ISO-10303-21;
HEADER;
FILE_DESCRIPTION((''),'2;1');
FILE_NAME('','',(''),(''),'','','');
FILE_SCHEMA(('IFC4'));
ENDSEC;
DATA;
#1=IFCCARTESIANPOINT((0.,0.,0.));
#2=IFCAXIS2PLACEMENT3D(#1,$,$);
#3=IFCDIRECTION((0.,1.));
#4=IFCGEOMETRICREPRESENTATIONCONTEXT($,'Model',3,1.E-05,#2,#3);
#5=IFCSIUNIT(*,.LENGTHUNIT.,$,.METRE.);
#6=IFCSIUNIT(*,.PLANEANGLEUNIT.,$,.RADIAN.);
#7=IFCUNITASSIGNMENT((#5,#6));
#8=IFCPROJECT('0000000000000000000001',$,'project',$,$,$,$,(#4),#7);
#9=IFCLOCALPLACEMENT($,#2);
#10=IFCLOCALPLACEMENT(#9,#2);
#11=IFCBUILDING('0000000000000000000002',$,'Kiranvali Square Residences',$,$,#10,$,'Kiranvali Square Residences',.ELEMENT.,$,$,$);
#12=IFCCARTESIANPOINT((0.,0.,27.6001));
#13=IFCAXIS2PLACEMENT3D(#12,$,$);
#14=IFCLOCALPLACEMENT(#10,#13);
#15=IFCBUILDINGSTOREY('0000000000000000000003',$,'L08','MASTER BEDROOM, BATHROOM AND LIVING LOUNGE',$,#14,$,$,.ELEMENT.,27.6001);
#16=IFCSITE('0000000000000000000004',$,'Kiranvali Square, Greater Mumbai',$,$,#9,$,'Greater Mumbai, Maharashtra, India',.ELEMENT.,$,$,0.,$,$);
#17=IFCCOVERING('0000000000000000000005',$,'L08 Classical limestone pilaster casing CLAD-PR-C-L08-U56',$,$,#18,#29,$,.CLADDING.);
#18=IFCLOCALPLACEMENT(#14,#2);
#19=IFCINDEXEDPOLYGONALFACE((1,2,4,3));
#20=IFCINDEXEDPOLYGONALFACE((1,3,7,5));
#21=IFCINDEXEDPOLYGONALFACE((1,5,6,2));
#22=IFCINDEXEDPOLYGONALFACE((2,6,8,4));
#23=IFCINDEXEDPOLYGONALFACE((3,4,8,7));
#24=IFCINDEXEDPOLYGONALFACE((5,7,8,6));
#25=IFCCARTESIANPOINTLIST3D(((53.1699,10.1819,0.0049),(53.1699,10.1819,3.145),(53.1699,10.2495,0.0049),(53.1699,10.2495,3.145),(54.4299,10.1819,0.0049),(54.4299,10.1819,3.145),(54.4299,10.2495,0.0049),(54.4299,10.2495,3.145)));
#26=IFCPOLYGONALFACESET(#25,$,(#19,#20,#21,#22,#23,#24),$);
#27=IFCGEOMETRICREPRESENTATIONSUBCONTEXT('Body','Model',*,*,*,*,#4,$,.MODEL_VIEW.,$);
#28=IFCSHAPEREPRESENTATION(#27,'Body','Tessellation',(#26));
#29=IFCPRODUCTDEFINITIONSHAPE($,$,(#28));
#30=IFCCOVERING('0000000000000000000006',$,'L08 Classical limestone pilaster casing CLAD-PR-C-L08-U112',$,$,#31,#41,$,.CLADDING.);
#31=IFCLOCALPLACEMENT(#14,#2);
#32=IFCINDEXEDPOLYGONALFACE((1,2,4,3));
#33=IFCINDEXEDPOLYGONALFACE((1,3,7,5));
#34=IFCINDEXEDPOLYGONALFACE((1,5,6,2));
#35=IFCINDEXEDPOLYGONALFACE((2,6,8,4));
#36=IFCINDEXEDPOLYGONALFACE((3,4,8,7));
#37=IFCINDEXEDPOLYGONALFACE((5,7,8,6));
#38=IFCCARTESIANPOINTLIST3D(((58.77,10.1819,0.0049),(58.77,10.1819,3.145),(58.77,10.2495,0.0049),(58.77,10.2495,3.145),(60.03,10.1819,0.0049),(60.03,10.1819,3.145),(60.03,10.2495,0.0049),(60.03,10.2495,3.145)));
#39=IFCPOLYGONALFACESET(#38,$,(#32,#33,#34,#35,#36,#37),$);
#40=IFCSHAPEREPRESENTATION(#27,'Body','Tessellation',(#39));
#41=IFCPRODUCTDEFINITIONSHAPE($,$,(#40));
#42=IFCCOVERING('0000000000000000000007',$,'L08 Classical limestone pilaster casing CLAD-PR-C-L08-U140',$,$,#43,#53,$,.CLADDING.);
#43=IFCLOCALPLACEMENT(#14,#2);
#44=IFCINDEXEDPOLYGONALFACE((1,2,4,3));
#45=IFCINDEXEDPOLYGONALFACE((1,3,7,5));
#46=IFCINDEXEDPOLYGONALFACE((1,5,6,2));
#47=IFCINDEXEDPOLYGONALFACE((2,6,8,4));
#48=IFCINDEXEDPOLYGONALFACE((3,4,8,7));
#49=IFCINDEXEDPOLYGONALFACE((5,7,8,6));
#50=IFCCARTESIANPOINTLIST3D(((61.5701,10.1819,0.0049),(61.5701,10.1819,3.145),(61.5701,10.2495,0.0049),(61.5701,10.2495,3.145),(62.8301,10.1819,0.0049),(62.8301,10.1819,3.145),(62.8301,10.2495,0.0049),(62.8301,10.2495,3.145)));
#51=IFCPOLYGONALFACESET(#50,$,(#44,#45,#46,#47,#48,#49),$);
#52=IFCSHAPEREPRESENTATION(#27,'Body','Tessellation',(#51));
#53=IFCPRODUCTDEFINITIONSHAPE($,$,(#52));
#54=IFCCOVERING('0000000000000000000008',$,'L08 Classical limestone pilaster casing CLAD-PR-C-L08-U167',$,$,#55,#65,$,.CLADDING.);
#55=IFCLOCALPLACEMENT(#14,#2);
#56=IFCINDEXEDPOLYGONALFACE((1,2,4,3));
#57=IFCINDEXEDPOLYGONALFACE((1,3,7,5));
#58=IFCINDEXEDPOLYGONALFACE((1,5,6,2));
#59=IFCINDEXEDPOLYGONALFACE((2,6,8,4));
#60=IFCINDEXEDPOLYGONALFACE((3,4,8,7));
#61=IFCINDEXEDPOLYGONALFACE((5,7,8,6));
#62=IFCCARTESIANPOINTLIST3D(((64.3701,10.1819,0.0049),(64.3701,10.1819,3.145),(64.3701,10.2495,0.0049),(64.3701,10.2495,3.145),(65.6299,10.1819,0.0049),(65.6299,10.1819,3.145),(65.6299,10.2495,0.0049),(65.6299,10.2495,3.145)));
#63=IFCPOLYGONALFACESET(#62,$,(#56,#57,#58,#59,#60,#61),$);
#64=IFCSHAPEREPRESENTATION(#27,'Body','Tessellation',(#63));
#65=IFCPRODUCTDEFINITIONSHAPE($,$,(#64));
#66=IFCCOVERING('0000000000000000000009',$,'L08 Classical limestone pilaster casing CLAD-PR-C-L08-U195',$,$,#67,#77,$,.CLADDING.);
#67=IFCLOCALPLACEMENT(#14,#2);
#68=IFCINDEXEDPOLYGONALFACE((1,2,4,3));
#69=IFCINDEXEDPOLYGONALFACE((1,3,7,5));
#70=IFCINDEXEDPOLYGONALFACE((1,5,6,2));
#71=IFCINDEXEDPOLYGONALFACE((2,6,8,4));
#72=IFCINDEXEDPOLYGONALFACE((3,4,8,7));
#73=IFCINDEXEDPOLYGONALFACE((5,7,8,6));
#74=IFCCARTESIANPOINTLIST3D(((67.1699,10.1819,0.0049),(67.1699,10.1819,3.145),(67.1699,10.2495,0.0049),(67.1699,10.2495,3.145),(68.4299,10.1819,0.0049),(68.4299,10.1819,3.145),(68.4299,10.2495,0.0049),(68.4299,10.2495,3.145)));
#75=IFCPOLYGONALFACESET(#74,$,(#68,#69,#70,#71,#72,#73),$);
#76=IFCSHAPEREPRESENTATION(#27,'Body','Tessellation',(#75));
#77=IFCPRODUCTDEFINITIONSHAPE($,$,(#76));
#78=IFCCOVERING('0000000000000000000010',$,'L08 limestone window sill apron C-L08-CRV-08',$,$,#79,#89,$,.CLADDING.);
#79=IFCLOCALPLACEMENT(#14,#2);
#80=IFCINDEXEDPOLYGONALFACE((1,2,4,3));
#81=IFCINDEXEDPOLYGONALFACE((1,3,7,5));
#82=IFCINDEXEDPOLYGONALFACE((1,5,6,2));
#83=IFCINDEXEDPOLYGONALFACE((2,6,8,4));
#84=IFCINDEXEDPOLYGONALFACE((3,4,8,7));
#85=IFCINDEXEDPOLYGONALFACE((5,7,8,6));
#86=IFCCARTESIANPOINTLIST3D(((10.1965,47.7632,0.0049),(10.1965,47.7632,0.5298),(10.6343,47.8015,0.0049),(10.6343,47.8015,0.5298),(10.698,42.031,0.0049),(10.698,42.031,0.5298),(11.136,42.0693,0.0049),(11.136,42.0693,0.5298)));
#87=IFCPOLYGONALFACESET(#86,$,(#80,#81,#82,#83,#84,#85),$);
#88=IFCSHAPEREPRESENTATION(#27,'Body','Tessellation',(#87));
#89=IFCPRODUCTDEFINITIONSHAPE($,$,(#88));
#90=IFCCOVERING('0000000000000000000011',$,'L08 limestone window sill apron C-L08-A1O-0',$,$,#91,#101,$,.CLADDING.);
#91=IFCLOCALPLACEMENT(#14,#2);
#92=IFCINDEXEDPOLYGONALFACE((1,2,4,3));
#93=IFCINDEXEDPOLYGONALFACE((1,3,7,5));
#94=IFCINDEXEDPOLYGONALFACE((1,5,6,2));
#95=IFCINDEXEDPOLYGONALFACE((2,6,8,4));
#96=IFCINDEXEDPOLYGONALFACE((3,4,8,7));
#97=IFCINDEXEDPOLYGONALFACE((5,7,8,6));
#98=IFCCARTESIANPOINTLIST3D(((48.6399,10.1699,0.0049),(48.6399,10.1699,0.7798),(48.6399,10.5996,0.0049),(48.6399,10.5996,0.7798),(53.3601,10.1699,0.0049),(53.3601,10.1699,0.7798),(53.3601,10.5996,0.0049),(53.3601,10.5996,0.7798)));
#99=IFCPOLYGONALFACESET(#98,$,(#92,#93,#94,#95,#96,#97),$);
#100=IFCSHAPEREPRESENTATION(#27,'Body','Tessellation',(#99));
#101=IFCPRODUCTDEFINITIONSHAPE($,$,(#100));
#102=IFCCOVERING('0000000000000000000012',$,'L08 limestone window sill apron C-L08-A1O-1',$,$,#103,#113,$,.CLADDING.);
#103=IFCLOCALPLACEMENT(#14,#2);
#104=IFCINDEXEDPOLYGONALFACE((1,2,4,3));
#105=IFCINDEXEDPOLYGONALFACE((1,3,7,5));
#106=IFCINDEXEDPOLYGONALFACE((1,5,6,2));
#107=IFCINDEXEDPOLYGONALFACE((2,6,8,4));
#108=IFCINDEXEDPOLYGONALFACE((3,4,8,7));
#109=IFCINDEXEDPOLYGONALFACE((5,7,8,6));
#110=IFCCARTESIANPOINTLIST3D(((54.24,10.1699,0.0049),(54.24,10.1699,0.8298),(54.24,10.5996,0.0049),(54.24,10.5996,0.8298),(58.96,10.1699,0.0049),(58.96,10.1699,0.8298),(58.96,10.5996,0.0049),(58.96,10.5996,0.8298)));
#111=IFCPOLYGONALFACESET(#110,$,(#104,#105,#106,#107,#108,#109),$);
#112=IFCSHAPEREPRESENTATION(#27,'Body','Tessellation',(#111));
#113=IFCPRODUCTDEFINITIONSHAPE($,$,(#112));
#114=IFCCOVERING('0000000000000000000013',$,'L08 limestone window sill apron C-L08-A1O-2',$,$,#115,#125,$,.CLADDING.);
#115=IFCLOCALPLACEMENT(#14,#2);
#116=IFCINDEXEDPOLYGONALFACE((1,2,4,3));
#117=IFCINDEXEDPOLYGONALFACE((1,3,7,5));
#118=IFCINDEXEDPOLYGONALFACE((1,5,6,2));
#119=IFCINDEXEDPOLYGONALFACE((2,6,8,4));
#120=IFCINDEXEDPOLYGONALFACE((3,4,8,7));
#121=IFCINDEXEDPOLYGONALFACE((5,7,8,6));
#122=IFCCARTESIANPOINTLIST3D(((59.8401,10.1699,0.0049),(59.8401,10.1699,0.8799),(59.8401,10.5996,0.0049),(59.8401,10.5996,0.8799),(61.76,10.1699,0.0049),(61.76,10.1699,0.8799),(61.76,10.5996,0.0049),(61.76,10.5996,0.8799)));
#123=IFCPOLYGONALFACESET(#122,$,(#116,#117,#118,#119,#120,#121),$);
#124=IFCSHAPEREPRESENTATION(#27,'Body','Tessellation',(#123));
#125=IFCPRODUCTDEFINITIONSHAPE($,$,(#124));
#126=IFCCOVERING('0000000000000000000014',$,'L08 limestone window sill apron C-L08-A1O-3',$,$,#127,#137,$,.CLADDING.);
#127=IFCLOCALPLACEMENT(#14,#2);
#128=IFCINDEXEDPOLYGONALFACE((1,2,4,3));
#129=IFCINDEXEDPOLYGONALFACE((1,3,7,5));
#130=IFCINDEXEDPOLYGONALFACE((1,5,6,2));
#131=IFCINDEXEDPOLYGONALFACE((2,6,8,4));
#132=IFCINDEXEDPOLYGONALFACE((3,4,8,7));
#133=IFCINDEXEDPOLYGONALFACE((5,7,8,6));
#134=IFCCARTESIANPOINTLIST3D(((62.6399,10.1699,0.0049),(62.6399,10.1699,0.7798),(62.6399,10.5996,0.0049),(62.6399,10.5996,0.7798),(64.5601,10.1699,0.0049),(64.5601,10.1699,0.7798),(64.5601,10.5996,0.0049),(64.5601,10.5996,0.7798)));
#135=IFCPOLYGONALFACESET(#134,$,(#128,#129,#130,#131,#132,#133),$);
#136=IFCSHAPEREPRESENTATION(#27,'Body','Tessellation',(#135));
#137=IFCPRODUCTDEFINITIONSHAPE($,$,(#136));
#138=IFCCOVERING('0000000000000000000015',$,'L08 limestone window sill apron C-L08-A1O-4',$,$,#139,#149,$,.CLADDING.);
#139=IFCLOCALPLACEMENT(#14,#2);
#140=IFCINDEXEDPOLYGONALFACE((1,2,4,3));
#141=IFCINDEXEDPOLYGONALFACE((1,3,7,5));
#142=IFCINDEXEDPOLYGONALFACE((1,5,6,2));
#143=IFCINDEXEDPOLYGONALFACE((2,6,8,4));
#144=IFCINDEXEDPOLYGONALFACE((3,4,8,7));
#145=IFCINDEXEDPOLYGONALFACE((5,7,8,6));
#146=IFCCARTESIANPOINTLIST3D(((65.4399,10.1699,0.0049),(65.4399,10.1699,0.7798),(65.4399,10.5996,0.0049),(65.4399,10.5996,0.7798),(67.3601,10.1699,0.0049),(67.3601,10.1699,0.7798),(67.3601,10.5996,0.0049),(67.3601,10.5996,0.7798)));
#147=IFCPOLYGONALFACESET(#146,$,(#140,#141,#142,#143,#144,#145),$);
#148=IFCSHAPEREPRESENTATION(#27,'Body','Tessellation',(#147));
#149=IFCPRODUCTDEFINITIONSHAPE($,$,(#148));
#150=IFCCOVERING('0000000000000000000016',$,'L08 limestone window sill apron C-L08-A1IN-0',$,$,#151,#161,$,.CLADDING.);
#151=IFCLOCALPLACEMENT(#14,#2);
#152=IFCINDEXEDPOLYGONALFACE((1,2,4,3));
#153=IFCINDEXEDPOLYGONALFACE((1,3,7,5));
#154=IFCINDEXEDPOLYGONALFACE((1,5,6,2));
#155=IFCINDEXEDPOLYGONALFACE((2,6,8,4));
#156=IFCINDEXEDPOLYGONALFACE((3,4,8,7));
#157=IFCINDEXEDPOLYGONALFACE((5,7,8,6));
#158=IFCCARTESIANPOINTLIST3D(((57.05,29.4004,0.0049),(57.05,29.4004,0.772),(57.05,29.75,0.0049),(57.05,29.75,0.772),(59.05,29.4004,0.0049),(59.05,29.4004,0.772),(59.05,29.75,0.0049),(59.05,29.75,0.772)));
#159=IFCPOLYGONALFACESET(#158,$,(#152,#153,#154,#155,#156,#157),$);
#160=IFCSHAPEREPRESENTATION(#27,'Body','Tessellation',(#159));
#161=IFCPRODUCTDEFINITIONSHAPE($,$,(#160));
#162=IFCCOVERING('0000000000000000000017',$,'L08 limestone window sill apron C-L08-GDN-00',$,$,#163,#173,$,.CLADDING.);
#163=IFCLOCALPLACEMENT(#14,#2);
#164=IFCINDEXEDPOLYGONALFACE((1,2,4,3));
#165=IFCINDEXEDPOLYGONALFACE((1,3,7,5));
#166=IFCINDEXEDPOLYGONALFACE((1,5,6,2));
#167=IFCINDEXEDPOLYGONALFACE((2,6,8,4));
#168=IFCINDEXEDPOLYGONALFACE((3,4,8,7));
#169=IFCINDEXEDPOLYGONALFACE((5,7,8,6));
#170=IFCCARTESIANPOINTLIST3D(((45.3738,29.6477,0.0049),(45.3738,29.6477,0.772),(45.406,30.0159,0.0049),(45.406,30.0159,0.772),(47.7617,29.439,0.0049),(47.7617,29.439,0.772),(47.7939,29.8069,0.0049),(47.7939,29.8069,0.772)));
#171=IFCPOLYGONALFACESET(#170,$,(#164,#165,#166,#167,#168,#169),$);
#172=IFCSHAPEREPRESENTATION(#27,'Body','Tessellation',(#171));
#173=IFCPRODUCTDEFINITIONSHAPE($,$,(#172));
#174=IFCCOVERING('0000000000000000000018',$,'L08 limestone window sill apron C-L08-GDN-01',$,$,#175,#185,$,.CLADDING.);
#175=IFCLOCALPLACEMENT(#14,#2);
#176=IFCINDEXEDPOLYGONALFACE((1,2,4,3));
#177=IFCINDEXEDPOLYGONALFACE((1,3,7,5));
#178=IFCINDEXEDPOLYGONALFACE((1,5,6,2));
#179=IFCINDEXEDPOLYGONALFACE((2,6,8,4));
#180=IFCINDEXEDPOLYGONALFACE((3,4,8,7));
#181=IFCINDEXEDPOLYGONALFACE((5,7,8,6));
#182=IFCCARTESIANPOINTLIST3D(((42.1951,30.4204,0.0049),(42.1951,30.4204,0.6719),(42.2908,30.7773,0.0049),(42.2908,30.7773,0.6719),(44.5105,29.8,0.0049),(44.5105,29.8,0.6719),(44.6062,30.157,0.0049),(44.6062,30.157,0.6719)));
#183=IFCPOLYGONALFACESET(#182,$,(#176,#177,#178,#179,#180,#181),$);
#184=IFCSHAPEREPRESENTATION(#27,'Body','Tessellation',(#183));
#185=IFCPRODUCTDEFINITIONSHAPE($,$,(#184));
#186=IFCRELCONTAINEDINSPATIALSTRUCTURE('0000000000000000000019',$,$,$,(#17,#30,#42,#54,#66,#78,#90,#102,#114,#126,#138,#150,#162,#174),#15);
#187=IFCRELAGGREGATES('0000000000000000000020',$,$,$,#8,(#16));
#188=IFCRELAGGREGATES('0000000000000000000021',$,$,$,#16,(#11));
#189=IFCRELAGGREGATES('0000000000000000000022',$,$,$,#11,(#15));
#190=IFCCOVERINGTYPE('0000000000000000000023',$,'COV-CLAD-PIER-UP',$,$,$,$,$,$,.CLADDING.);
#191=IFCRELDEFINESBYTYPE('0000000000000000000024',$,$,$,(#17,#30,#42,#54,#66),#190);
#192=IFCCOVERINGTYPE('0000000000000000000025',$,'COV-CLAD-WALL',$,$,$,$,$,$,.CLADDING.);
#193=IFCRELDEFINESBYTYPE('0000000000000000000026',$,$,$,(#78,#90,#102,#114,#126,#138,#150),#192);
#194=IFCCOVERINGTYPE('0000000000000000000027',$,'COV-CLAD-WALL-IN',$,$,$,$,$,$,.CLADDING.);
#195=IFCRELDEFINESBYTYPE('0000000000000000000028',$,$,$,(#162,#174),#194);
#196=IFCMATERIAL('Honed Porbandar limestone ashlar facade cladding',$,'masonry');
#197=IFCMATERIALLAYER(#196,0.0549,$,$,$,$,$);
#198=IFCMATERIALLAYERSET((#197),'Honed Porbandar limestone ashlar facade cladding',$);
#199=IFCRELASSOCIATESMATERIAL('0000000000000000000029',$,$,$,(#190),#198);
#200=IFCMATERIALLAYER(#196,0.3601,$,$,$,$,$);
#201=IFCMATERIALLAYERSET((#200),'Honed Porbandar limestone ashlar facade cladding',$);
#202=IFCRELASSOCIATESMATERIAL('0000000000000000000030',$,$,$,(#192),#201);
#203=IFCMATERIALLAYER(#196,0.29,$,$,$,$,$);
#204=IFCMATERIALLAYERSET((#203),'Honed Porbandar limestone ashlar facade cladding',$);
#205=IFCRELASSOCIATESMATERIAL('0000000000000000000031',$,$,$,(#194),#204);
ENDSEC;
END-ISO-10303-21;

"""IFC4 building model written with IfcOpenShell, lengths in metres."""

from ifc_helpers import new_model, si_unit, direction, frame, origin, place, context, subcontext, project, spatial, polyline, outline, extrude, material, layer, layer_set, type_object, element, save


model = new_model("IFC4")

# Units and contexts
model_context = context("Model", 3, precision=1e-05, world=origin(), true_north=direction((0.0, 1.0)))
body_context = subcontext(model_context, "Body", "Model", "MODEL_VIEW")
ifc_project = project(units=[si_unit("LENGTHUNIT", "METRE"), si_unit("PLANEANGLEUNIT", "RADIAN")], contexts=[model_context])

# Site, building, storey
site_placement = place(None, origin())
site = spatial("IfcSite", under=ifc_project, at=site_placement, Name="Kiranvali Square, Greater Mumbai", LongName="Greater Mumbai, Maharashtra, India", CompositionType="ELEMENT", RefElevation=0.0)
building_placement = place(site_placement, origin())
building = spatial("IfcBuilding", under=site, at=building_placement, Name="Kiranvali Square Residences", LongName="Kiranvali Square Residences", CompositionType="ELEMENT")
storey_placement = place(building_placement, frame((0.0, 0.0, 27.6001)))
storey = spatial("IfcBuildingStorey", under=building, at=storey_placement, Name="L08", Description="MASTER BEDROOM, BATHROOM AND LIVING LOUNGE", CompositionType="ELEMENT", Elevation=27.6001)

# Coverings
ifc_material = material(Name="Honed Porbandar limestone ashlar facade cladding", Category="masonry")
ifc_layer_1 = layer(ifc_material, 0.0549)
ifc_layer_set_1 = layer_set([ifc_layer_1], Name="Honed Porbandar limestone ashlar facade cladding")
covering_type_1 = type_object("IfcCoveringType", Name="COV-CLAD-PIER-UP", PredefinedType="CLADDING", material=ifc_layer_set_1)
covering_1_placement = place(storey_placement, frame((0.0, 0.0, 0.0049)))
element("IfcCovering", 1, at=covering_1_placement, inside=storey, type_object=covering_type_1, Name="L08 Classical limestone pilaster casing CLAD-PR-C-L08-U56", PredefinedType="CLADDING", context=body_context, shape_type="SweptSolid", body=[
    extrude(outline(polyline([(53.1699, 10.1819), (54.4299, 10.1819), (54.4299, 10.2495), (53.1699, 10.2495), (53.1699, 10.1819)])), origin(), (0.0, 0.0, 1.0), 3.1401),
])
covering_2_placement = place(storey_placement, frame((0.0, 0.0, 0.0049)))
element("IfcCovering", 2, at=covering_2_placement, inside=storey, type_object=covering_type_1, Name="L08 Classical limestone pilaster casing CLAD-PR-C-L08-U112", PredefinedType="CLADDING", context=body_context, shape_type="SweptSolid", body=[
    extrude(outline(polyline([(58.77, 10.1819), (60.03, 10.1819), (60.03, 10.2495), (58.77, 10.2495), (58.77, 10.1819)])), origin(), (0.0, 0.0, 1.0), 3.1401),
])
covering_3_placement = place(storey_placement, frame((0.0, 0.0, 0.0049)))
element("IfcCovering", 3, at=covering_3_placement, inside=storey, type_object=covering_type_1, Name="L08 Classical limestone pilaster casing CLAD-PR-C-L08-U140", PredefinedType="CLADDING", context=body_context, shape_type="SweptSolid", body=[
    extrude(outline(polyline([(61.5701, 10.1819), (62.8301, 10.1819), (62.8301, 10.2495), (61.5701, 10.2495), (61.5701, 10.1819)])), origin(), (0.0, 0.0, 1.0), 3.1401),
])
covering_4_placement = place(storey_placement, frame((0.0, 0.0, 0.0049)))
element("IfcCovering", 4, at=covering_4_placement, inside=storey, type_object=covering_type_1, Name="L08 Classical limestone pilaster casing CLAD-PR-C-L08-U167", PredefinedType="CLADDING", context=body_context, shape_type="SweptSolid", body=[
    extrude(outline(polyline([(64.3701, 10.1819), (65.6299, 10.1819), (65.6299, 10.2495), (64.3701, 10.2495), (64.3701, 10.1819)])), origin(), (0.0, 0.0, 1.0), 3.1401),
])
covering_5_placement = place(storey_placement, frame((0.0, 0.0, 0.0049)))
element("IfcCovering", 5, at=covering_5_placement, inside=storey, type_object=covering_type_1, Name="L08 Classical limestone pilaster casing CLAD-PR-C-L08-U195", PredefinedType="CLADDING", context=body_context, shape_type="SweptSolid", body=[
    extrude(outline(polyline([(67.1699, 10.1819), (68.4299, 10.1819), (68.4299, 10.2495), (67.1699, 10.2495), (67.1699, 10.1819)])), origin(), (0.0, 0.0, 1.0), 3.1401),
])
ifc_layer_2 = layer(ifc_material, 0.3601)
ifc_layer_set_2 = layer_set([ifc_layer_2], Name="Honed Porbandar limestone ashlar facade cladding")
covering_type_2 = type_object("IfcCoveringType", Name="COV-CLAD-WALL", PredefinedType="CLADDING", material=ifc_layer_set_2)
covering_6_placement = place(storey_placement, frame((0.0, 0.0, 0.0049)))
element("IfcCovering", 6, at=covering_6_placement, inside=storey, type_object=covering_type_2, Name="L08 limestone window sill apron C-L08-CRV-08", PredefinedType="CLADDING", context=body_context, shape_type="SweptSolid", body=[
    extrude(outline(polyline([(11.136, 42.0693), (10.6343, 47.8015), (10.1965, 47.7632), (10.698, 42.031), (11.136, 42.0693)])), origin(), (0.0, 0.0, 1.0), 0.5249),
])
covering_7_placement = place(storey_placement, frame((0.0, 0.0, 0.0049)))
element("IfcCovering", 7, at=covering_7_placement, inside=storey, type_object=covering_type_2, Name="L08 limestone window sill apron C-L08-A1O-0", PredefinedType="CLADDING", context=body_context, shape_type="SweptSolid", body=[
    extrude(outline(polyline([(48.6399, 10.1699), (53.3601, 10.1699), (53.3601, 10.5996), (48.6399, 10.5996), (48.6399, 10.1699)])), origin(), (0.0, 0.0, 1.0), 0.7749),
])
covering_8_placement = place(storey_placement, frame((0.0, 0.0, 0.0049)))
element("IfcCovering", 8, at=covering_8_placement, inside=storey, type_object=covering_type_2, Name="L08 limestone window sill apron C-L08-A1O-1", PredefinedType="CLADDING", context=body_context, shape_type="SweptSolid", body=[
    extrude(outline(polyline([(54.24, 10.1699), (58.96, 10.1699), (58.96, 10.5996), (54.24, 10.5996), (54.24, 10.1699)])), origin(), (0.0, 0.0, 1.0), 0.825),
])
covering_9_placement = place(storey_placement, frame((0.0, 0.0, 0.0049)))
element("IfcCovering", 9, at=covering_9_placement, inside=storey, type_object=covering_type_2, Name="L08 limestone window sill apron C-L08-A1O-2", PredefinedType="CLADDING", context=body_context, shape_type="SweptSolid", body=[
    extrude(outline(polyline([(59.8401, 10.1699), (61.76, 10.1699), (61.76, 10.5996), (59.8401, 10.5996), (59.8401, 10.1699)])), origin(), (0.0, 0.0, 1.0), 0.875),
])
covering_10_placement = place(storey_placement, frame((0.0, 0.0, 0.0049)))
element("IfcCovering", 10, at=covering_10_placement, inside=storey, type_object=covering_type_2, Name="L08 limestone window sill apron C-L08-A1O-3", PredefinedType="CLADDING", context=body_context, shape_type="SweptSolid", body=[
    extrude(outline(polyline([(62.6399, 10.1699), (64.5601, 10.1699), (64.5601, 10.5996), (62.6399, 10.5996), (62.6399, 10.1699)])), origin(), (0.0, 0.0, 1.0), 0.7749),
])
covering_11_placement = place(storey_placement, frame((0.0, 0.0, 0.0049)))
element("IfcCovering", 11, at=covering_11_placement, inside=storey, type_object=covering_type_2, Name="L08 limestone window sill apron C-L08-A1O-4", PredefinedType="CLADDING", context=body_context, shape_type="SweptSolid", body=[
    extrude(outline(polyline([(65.4399, 10.1699), (67.3601, 10.1699), (67.3601, 10.5996), (65.4399, 10.5996), (65.4399, 10.1699)])), origin(), (0.0, 0.0, 1.0), 0.7749),
])
covering_12_placement = place(storey_placement, frame((0.0, 0.0, 0.0049)))
element("IfcCovering", 12, at=covering_12_placement, inside=storey, type_object=covering_type_2, Name="L08 limestone window sill apron C-L08-A1IN-0", PredefinedType="CLADDING", context=body_context, shape_type="SweptSolid", body=[
    extrude(outline(polyline([(57.05, 29.4004), (59.05, 29.4004), (59.05, 29.75), (57.05, 29.75), (57.05, 29.4004)])), origin(), (0.0, 0.0, 1.0), 0.7671),
])
ifc_layer_3 = layer(ifc_material, 0.29)
ifc_layer_set_3 = layer_set([ifc_layer_3], Name="Honed Porbandar limestone ashlar facade cladding")
covering_type_3 = type_object("IfcCoveringType", Name="COV-CLAD-WALL-IN", PredefinedType="CLADDING", material=ifc_layer_set_3)
covering_13_placement = place(storey_placement, frame((0.0, 0.0, 0.0049)))
element("IfcCovering", 13, at=covering_13_placement, inside=storey, type_object=covering_type_3, Name="L08 limestone window sill apron C-L08-GDN-00", PredefinedType="CLADDING", context=body_context, shape_type="SweptSolid", body=[
    extrude(outline(polyline([(47.7939, 29.8069), (45.406, 30.0159), (45.3738, 29.6477), (47.7617, 29.439), (47.7939, 29.8069)])), origin(), (0.0, 0.0, 1.0), 0.7671),
])
covering_14_placement = place(storey_placement, frame((0.0, 0.0, 0.0049)))
element("IfcCovering", 14, at=covering_14_placement, inside=storey, type_object=covering_type_3, Name="L08 limestone window sill apron C-L08-GDN-01", PredefinedType="CLADDING", context=body_context, shape_type="SweptSolid", body=[
    extrude(outline(polyline([(44.6062, 30.157), (42.2908, 30.7773), (42.1951, 30.4204), (44.5105, 29.8), (44.6062, 30.157)])), origin(), (0.0, 0.0, 1.0), 0.667),
])

save(model, "model.ifc")
